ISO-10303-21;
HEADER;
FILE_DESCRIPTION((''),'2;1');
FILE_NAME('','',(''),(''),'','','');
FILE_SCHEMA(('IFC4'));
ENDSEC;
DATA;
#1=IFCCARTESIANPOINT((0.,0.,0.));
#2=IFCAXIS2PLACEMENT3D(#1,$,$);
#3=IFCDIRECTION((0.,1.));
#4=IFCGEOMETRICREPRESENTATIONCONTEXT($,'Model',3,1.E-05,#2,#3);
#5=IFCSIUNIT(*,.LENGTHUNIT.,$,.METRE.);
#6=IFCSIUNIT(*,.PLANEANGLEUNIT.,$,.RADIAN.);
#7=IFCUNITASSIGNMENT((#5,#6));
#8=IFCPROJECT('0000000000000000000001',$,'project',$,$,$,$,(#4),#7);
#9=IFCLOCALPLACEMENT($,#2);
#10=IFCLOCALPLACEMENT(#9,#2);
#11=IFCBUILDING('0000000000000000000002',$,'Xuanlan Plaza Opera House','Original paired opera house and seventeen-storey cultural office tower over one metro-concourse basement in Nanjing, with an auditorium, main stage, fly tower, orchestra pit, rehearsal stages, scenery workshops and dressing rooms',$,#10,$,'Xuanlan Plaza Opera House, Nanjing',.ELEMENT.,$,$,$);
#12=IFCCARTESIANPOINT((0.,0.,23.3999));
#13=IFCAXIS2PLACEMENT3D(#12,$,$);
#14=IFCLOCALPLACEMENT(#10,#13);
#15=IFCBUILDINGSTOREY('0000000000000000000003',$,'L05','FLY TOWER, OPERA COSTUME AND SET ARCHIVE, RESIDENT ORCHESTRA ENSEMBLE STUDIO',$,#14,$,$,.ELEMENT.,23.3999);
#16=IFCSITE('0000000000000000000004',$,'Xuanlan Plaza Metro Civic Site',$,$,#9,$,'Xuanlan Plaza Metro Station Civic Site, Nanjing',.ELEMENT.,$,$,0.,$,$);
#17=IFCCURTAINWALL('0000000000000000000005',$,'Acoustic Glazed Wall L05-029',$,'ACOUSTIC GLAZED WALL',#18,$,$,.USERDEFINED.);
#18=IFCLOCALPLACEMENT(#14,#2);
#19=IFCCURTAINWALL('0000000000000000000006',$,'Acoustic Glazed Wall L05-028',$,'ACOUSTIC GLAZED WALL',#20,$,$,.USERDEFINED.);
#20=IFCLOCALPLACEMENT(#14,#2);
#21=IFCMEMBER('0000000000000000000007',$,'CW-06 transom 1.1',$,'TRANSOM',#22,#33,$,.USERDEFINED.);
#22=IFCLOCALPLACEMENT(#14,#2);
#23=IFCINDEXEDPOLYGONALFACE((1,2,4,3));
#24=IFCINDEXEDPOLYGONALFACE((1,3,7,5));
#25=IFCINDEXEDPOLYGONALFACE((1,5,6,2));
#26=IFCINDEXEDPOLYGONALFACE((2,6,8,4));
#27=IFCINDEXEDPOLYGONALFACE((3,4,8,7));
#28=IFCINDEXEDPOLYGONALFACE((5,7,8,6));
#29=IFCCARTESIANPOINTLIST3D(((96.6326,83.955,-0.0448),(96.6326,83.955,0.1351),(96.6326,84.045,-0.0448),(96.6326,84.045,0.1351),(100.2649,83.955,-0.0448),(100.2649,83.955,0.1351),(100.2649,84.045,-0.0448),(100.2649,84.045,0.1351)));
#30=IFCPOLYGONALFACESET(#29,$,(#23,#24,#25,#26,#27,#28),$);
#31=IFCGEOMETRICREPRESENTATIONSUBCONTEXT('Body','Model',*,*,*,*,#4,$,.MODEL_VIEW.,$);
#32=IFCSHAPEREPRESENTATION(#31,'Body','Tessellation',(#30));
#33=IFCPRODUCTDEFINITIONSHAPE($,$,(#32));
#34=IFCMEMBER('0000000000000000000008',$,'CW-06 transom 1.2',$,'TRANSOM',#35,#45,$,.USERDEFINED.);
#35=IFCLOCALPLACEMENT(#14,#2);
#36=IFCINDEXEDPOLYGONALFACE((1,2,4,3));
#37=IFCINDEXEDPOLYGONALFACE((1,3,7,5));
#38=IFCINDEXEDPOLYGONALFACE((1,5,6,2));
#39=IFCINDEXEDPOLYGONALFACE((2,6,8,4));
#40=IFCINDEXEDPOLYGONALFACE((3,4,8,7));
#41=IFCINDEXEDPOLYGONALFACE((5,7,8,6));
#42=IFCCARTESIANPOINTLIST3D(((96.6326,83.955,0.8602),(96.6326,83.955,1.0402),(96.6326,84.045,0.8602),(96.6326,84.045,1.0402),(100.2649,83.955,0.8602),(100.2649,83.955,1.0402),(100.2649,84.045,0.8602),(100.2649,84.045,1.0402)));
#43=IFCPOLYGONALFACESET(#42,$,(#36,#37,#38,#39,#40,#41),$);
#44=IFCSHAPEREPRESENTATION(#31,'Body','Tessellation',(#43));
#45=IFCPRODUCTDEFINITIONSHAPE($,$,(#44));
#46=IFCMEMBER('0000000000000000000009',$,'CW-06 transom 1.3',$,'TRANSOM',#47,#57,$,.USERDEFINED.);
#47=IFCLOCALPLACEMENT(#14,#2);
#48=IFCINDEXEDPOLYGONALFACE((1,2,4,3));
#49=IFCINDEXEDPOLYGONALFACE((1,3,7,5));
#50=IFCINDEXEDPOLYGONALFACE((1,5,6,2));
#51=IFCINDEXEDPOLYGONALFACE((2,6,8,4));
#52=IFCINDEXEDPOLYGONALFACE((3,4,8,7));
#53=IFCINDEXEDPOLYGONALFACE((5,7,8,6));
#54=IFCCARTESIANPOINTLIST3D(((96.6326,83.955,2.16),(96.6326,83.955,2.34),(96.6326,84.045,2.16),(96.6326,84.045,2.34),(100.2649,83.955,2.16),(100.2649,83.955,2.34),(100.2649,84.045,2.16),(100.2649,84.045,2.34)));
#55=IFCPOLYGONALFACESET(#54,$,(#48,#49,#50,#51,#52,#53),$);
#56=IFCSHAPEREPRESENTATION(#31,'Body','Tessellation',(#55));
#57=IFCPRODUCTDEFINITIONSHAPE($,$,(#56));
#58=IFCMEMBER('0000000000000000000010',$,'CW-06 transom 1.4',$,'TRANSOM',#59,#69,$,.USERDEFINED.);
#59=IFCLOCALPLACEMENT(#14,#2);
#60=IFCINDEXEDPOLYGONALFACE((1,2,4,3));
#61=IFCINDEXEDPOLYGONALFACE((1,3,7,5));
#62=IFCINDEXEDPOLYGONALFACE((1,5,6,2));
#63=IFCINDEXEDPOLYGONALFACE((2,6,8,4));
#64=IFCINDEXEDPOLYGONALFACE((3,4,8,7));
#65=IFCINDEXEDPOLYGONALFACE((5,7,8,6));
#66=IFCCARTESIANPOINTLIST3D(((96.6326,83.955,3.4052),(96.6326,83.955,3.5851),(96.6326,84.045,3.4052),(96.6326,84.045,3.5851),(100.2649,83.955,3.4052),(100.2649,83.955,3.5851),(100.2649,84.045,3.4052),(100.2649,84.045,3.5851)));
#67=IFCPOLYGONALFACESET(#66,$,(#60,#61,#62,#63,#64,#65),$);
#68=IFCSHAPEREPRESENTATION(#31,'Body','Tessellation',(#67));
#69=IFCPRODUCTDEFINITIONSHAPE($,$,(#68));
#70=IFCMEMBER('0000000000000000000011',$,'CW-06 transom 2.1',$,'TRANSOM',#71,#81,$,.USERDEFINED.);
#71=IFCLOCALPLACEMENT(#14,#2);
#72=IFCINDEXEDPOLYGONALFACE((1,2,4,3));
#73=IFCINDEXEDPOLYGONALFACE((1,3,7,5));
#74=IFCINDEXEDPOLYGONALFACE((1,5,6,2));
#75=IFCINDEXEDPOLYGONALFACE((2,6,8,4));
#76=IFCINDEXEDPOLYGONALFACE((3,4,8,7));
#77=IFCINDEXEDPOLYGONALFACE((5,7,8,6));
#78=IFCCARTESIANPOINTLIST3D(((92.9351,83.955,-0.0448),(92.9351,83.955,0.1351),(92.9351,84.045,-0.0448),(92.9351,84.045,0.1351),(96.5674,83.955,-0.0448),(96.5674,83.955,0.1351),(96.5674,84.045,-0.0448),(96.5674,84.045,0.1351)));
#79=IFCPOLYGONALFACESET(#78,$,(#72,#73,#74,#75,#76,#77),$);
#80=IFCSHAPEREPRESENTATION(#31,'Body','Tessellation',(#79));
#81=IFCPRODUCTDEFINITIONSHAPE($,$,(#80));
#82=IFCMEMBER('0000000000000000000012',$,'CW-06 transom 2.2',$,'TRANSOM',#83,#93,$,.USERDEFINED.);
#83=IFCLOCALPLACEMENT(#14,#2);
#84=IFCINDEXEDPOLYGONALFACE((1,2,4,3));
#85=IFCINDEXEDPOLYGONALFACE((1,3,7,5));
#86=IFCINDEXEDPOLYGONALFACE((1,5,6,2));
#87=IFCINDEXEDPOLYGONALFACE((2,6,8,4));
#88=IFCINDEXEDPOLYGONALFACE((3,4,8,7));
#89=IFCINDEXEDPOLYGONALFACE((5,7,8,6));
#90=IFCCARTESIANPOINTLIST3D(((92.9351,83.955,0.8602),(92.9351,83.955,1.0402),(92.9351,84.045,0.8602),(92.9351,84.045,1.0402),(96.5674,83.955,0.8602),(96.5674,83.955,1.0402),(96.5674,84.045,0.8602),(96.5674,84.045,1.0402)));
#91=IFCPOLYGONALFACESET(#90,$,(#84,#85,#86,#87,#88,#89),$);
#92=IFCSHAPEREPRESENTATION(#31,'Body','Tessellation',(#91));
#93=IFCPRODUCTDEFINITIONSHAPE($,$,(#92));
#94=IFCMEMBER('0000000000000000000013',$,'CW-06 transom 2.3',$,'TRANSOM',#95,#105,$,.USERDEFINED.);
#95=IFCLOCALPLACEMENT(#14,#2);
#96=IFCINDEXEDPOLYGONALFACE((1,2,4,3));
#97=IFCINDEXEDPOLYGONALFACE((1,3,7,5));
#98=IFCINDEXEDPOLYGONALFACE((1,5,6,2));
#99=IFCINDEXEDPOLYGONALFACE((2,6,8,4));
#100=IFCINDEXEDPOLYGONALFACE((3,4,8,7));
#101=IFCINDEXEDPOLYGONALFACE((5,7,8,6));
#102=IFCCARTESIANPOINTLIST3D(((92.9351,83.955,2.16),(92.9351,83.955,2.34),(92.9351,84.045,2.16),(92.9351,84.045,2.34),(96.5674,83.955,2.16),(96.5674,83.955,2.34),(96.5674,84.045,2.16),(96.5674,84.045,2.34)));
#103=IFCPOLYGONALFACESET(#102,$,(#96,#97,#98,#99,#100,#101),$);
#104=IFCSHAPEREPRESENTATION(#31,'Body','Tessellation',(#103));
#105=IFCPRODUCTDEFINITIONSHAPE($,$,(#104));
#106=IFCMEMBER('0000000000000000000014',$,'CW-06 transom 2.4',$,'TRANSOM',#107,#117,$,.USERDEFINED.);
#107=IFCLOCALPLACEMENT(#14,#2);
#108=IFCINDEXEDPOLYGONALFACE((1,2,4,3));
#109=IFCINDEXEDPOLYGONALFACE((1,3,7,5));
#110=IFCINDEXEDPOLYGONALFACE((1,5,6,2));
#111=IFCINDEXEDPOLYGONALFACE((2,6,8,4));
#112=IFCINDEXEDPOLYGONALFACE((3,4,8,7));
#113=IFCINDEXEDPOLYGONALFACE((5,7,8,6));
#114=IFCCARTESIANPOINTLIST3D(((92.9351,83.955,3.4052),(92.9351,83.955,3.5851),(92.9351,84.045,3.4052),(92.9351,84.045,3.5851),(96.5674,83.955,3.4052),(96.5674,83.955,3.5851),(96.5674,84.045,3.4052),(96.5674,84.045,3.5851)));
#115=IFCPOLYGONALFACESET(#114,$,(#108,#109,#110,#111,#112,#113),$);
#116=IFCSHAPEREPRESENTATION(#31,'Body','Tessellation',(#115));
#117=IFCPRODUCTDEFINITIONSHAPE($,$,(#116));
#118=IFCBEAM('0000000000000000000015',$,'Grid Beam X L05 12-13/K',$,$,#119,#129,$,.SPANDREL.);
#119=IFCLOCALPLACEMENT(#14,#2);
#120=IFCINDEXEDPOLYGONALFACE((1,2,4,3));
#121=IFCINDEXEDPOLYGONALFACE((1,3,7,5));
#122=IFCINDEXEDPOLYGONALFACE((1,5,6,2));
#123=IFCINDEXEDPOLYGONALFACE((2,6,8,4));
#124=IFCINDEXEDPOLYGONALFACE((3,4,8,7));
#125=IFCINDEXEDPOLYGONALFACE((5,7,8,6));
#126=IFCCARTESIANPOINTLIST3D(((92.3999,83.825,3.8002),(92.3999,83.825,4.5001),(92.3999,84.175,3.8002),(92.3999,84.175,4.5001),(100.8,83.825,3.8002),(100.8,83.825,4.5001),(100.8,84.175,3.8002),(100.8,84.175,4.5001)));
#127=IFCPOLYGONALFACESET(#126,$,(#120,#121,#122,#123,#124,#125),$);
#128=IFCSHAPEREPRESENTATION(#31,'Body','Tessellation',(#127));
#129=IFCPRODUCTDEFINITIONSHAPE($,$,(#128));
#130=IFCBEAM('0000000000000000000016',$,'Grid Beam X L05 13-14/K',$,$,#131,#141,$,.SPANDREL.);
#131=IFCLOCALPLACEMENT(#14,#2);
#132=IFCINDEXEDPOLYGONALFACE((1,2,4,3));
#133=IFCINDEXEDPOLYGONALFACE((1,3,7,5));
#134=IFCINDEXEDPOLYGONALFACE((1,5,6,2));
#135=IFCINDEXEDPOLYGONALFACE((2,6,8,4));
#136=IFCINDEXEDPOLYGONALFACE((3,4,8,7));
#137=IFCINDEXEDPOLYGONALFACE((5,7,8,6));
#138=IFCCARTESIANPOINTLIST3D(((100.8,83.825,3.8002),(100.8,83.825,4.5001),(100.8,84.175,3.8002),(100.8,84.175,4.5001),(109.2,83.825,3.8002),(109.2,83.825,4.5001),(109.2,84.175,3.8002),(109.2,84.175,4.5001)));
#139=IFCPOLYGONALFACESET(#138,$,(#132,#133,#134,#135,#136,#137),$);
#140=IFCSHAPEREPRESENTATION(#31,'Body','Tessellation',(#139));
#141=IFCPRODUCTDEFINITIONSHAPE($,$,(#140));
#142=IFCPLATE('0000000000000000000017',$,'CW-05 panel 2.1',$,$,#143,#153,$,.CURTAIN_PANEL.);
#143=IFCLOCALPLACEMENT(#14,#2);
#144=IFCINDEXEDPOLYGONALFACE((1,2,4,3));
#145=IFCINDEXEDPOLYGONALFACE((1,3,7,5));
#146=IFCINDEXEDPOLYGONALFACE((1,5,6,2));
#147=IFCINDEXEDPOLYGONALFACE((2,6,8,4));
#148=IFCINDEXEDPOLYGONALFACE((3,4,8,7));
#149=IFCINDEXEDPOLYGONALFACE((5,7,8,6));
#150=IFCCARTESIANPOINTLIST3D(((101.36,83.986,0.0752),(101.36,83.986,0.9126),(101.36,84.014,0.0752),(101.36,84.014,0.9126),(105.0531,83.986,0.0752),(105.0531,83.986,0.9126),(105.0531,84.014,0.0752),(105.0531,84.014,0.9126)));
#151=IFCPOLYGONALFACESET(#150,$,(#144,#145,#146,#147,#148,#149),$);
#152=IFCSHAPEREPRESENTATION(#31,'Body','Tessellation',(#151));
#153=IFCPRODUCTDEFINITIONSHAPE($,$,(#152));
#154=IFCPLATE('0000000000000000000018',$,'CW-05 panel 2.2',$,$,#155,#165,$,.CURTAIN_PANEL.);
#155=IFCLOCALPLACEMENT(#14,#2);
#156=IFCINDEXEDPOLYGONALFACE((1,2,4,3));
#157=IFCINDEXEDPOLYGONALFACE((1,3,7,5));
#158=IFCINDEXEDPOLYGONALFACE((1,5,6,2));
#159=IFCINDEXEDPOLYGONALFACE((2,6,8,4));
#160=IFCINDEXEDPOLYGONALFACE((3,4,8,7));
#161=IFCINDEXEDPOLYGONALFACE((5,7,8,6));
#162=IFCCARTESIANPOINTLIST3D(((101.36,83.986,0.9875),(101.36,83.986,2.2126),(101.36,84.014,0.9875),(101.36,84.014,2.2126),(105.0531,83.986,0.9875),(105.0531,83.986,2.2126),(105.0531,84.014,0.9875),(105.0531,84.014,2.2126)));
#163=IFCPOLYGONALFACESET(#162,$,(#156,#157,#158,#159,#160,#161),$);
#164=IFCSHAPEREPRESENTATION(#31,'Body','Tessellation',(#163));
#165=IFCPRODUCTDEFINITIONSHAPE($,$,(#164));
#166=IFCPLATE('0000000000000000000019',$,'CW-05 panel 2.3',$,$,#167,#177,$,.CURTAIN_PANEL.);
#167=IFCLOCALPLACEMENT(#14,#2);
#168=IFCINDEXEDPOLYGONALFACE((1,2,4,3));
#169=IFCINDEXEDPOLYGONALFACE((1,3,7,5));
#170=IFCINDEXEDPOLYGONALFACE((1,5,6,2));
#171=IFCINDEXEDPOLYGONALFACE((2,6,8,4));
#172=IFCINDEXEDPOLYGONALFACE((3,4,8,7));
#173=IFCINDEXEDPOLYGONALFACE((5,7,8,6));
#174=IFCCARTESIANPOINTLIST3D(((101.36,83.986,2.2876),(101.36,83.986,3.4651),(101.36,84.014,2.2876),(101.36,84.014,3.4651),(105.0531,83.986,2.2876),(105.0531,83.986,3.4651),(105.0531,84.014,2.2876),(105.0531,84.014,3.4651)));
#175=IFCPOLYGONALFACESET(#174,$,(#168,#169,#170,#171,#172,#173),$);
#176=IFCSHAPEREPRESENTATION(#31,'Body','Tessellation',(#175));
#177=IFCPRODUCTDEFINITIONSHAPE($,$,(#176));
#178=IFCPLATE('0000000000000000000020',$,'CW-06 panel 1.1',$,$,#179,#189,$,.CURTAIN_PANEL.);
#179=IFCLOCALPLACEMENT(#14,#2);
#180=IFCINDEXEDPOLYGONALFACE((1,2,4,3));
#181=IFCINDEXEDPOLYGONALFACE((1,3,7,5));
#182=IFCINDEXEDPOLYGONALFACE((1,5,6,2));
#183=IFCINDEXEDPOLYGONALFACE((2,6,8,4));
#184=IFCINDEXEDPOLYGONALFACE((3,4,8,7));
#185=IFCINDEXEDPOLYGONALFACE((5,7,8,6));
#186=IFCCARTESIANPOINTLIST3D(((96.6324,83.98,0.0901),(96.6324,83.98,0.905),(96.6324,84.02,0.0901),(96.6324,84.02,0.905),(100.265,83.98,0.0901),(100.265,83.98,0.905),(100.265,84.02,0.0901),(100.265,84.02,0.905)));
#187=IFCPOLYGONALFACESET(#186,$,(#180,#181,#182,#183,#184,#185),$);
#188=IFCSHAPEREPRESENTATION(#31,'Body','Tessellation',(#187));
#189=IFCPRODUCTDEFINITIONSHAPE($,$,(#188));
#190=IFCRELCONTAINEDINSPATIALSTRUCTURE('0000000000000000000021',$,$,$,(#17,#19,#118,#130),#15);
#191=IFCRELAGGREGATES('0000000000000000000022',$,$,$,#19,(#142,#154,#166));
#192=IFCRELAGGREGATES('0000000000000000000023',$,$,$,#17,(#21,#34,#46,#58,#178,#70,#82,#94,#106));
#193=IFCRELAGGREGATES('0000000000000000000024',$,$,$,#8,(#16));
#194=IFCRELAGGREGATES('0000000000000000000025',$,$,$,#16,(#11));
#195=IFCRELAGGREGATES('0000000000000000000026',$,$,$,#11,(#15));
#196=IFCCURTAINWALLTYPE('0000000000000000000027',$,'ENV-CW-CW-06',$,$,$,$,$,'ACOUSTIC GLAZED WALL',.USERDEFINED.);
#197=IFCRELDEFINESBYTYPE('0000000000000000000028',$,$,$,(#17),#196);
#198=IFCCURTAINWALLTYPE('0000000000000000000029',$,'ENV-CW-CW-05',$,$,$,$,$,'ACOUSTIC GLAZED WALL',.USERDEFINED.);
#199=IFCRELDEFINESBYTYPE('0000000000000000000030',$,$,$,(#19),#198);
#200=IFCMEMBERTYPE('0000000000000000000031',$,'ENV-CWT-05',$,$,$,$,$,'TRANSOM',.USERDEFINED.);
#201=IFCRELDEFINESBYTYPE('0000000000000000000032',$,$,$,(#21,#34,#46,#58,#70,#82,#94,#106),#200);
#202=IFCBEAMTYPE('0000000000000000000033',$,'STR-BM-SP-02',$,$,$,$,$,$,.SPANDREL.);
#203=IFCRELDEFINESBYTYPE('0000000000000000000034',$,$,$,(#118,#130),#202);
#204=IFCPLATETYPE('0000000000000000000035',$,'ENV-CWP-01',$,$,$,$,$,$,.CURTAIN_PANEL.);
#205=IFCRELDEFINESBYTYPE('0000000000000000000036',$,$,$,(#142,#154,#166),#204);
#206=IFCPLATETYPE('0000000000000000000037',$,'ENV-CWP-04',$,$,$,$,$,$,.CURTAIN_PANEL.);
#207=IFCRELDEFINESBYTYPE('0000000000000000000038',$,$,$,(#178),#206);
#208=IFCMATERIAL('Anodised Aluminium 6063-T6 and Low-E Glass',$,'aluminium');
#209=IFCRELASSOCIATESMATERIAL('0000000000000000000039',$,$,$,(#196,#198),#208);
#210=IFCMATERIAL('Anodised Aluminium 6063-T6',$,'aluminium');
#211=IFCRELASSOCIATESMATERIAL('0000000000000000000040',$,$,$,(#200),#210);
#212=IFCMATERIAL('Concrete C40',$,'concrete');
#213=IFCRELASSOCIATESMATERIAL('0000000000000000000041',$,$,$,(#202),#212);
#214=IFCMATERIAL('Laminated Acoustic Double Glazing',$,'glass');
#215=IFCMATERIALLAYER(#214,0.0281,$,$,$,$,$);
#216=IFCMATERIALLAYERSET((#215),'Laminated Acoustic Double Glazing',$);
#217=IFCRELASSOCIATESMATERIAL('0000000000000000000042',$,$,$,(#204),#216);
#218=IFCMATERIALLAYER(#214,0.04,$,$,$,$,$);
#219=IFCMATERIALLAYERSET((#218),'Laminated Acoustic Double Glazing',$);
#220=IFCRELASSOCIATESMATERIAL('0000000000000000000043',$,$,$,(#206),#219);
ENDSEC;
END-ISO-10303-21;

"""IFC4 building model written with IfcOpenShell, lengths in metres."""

from ifc_helpers import new_model, si_unit, direction, frame, origin, origin_2d, place, context, subcontext, project, spatial, rectangle, extrude, material, layer, layer_set, material_profile, profile_set, type_object, element, aggregate, save


model = new_model("IFC4")

# Units and contexts
model_context = context("Model", 3, precision=1e-05, world=origin(), true_north=direction((0.0, 1.0)))
body_context = subcontext(model_context, "Body", "Model", "MODEL_VIEW")
ifc_project = project(units=[si_unit("LENGTHUNIT", "METRE"), si_unit("PLANEANGLEUNIT", "RADIAN")], contexts=[model_context])

# Site, building, storey
site_placement = place(None, origin())
site = spatial("IfcSite", under=ifc_project, at=site_placement, Name="Xuanlan Plaza Metro Civic Site", LongName="Xuanlan Plaza Metro Station Civic Site, Nanjing", CompositionType="ELEMENT", RefElevation=0.0)
building_placement = place(site_placement, origin())
building = spatial("IfcBuilding", under=site, at=building_placement, Name="Xuanlan Plaza Opera House", Description="Original paired opera house and seventeen-storey cultural office tower over one metro-concourse basement in Nanjing, with an auditorium, main stage, fly tower, orchestra pit, rehearsal stages, scenery workshops and dressing rooms", LongName="Xuanlan Plaza Opera House, Nanjing", CompositionType="ELEMENT")
storey_placement = place(building_placement, frame((0.0, 0.0, 23.3999)))
storey = spatial("IfcBuildingStorey", under=building, at=storey_placement, Name="L05", Description="FLY TOWER, OPERA COSTUME AND SET ARCHIVE, RESIDENT ORCHESTRA ENSEMBLE STUDIO", CompositionType="ELEMENT", Elevation=23.3999)

# Curtain wall
ifc_material_1 = material(Name="Anodised Aluminium 6063-T6 and Low-E Glass", Category="aluminium")
curtain_wall_type_1 = type_object("IfcCurtainWallType", Name="ENV-CW-CW-06", ElementType="ACOUSTIC GLAZED WALL", PredefinedType="USERDEFINED", material=ifc_material_1)
curtain_wall_1_placement = place(storey_placement, origin())
curtain_wall_1 = element("IfcCurtainWall", 1, at=curtain_wall_1_placement, inside=storey, type_object=curtain_wall_type_1, Name="Acoustic Glazed Wall L05-029", ObjectType="ACOUSTIC GLAZED WALL", PredefinedType="USERDEFINED")
ifc_material_2 = material(Name="Anodised Aluminium 6063-T6", Category="aluminium")

# Shared definitions
curtain_wall_type_2 = type_object("IfcCurtainWallType", Name="ENV-CW-CW-05", ElementType="ACOUSTIC GLAZED WALL", PredefinedType="USERDEFINED", material=ifc_material_1)

# Curtain wall
curtain_wall_2_placement = place(storey_placement, origin())
curtain_wall_2 = element("IfcCurtainWall", 2, at=curtain_wall_2_placement, inside=storey, type_object=curtain_wall_type_2, Name="Acoustic Glazed Wall L05-028", ObjectType="ACOUSTIC GLAZED WALL", PredefinedType="USERDEFINED")

# Members
ifc_material_profile_1 = material_profile(ifc_material_2, rectangle(XDim=0.0901, YDim=0.1799, at=origin_2d()), Name="ALU-T 90x180")
ifc_profile_set_1 = profile_set([ifc_material_profile_1], Name="Anodised Aluminium 6063-T6")
member_type_1 = type_object("IfcMemberType", Name="ENV-CWT-05", ElementType="TRANSOM", PredefinedType="USERDEFINED", material=ifc_profile_set_1)
member_1_placement = place(storey_placement, frame((100.2649, 84.0, 0.0452), z_axis=(-1.0, 0.0, 0.0), x_axis=(0.0, -1.0, 0.0)))
member_1 = element("IfcMember", 3, at=member_1_placement, type_object=member_type_1, Name="CW-06 transom 1.1", ObjectType="TRANSOM", PredefinedType="USERDEFINED", context=body_context, shape_type="SweptSolid", body=[
    extrude(rectangle(XDim=0.0901, YDim=0.1799, at=origin_2d()), origin(), (0.0, 0.0, 1.0), 3.6323),
])
member_2_placement = place(storey_placement, frame((100.2649, 84.0, 0.9502), z_axis=(-1.0, 0.0, 0.0), x_axis=(0.0, -1.0, 0.0)))
member_2 = element("IfcMember", 4, at=member_2_placement, type_object=member_type_1, Name="CW-06 transom 1.2", ObjectType="TRANSOM", PredefinedType="USERDEFINED", context=body_context, shape_type="SweptSolid", body=[
    extrude(rectangle(XDim=0.0901, YDim=0.1799, at=origin_2d()), origin(), (0.0, 0.0, 1.0), 3.6323),
])
member_3_placement = place(storey_placement, frame((100.2649, 84.0, 2.25), z_axis=(-1.0, 0.0, 0.0), x_axis=(0.0, -1.0, 0.0)))
member_3 = element("IfcMember", 5, at=member_3_placement, type_object=member_type_1, Name="CW-06 transom 1.3", ObjectType="TRANSOM", PredefinedType="USERDEFINED", context=body_context, shape_type="SweptSolid", body=[
    extrude(rectangle(XDim=0.0901, YDim=0.1799, at=origin_2d()), origin(), (0.0, 0.0, 1.0), 3.6323),
])
member_4_placement = place(storey_placement, frame((100.2649, 84.0, 3.4951), z_axis=(-1.0, 0.0, 0.0), x_axis=(0.0, -1.0, 0.0)))
member_4 = element("IfcMember", 6, at=member_4_placement, type_object=member_type_1, Name="CW-06 transom 1.4", ObjectType="TRANSOM", PredefinedType="USERDEFINED", context=body_context, shape_type="SweptSolid", body=[
    extrude(rectangle(XDim=0.0901, YDim=0.1799, at=origin_2d()), origin(), (0.0, 0.0, 1.0), 3.6323),
])
member_5_placement = place(storey_placement, frame((96.5674, 84.0, 0.0452), z_axis=(-1.0, 0.0, 0.0), x_axis=(0.0, -1.0, 0.0)))
member_5 = element("IfcMember", 7, at=member_5_placement, type_object=member_type_1, Name="CW-06 transom 2.1", ObjectType="TRANSOM", PredefinedType="USERDEFINED", context=body_context, shape_type="SweptSolid", body=[
    extrude(rectangle(XDim=0.0901, YDim=0.1799, at=origin_2d()), origin(), (0.0, 0.0, 1.0), 3.6323),
])
member_6_placement = place(storey_placement, frame((96.5674, 84.0, 0.9502), z_axis=(-1.0, 0.0, 0.0), x_axis=(0.0, -1.0, 0.0)))
member_6 = element("IfcMember", 8, at=member_6_placement, type_object=member_type_1, Name="CW-06 transom 2.2", ObjectType="TRANSOM", PredefinedType="USERDEFINED", context=body_context, shape_type="SweptSolid", body=[
    extrude(rectangle(XDim=0.0901, YDim=0.1799, at=origin_2d()), origin(), (0.0, 0.0, 1.0), 3.6323),
])
member_7_placement = place(storey_placement, frame((96.5674, 84.0, 2.25), z_axis=(-1.0, 0.0, 0.0), x_axis=(0.0, -1.0, 0.0)))
member_7 = element("IfcMember", 9, at=member_7_placement, type_object=member_type_1, Name="CW-06 transom 2.3", ObjectType="TRANSOM", PredefinedType="USERDEFINED", context=body_context, shape_type="SweptSolid", body=[
    extrude(rectangle(XDim=0.0901, YDim=0.1799, at=origin_2d()), origin(), (0.0, 0.0, 1.0), 3.6323),
])
member_8_placement = place(storey_placement, frame((96.5674, 84.0, 3.4951), z_axis=(-1.0, 0.0, 0.0), x_axis=(0.0, -1.0, 0.0)))
member_8 = element("IfcMember", 10, at=member_8_placement, type_object=member_type_1, Name="CW-06 transom 2.4", ObjectType="TRANSOM", PredefinedType="USERDEFINED", context=body_context, shape_type="SweptSolid", body=[
    extrude(rectangle(XDim=0.0901, YDim=0.1799, at=origin_2d()), origin(), (0.0, 0.0, 1.0), 3.6323),
])

# Beams
ifc_material_3 = material(Name="Concrete C40", Category="concrete")
ifc_material_profile_2 = material_profile(ifc_material_3, rectangle(XDim=0.3501, YDim=0.7, at=origin_2d()), Name="RC-SPD 350x700")
ifc_profile_set_2 = profile_set([ifc_material_profile_2], Name="Concrete C40")
beam_type = type_object("IfcBeamType", Name="STR-BM-SP-02", PredefinedType="SPANDREL", material=ifc_profile_set_2)
beam_1_placement = place(storey_placement, frame((92.3999, 84.0, 4.1501), z_axis=(1.0, 0.0, 0.0), x_axis=(0.0, 1.0, 0.0)))
element("IfcBeam", 11, at=beam_1_placement, inside=storey, type_object=beam_type, Name="Grid Beam X L05 12-13/K", PredefinedType="SPANDREL", context=body_context, shape_type="SweptSolid", body=[
    extrude(rectangle(XDim=0.3501, YDim=0.7, at=origin_2d()), origin(), (0.0, 0.0, 1.0), 8.4001),
])
beam_2_placement = place(storey_placement, frame((100.8, 84.0, 4.1501), z_axis=(1.0, 0.0, 0.0), x_axis=(0.0, 1.0, 0.0)))
element("IfcBeam", 12, at=beam_2_placement, inside=storey, type_object=beam_type, Name="Grid Beam X L05 13-14/K", PredefinedType="SPANDREL", context=body_context, shape_type="SweptSolid", body=[
    extrude(rectangle(XDim=0.3501, YDim=0.7, at=origin_2d()), origin(), (0.0, 0.0, 1.0), 8.3999),
])

# Plates
ifc_material_4 = material(Name="Laminated Acoustic Double Glazing", Category="glass")
ifc_layer_1 = layer(ifc_material_4, 0.0281)
ifc_layer_set_1 = layer_set([ifc_layer_1], Name="Laminated Acoustic Double Glazing")
plate_type_1 = type_object("IfcPlateType", Name="ENV-CWP-01", PredefinedType="CURTAIN_PANEL", material=ifc_layer_set_1)
plate_1_placement = place(storey_placement, frame((103.2065, 84.0, 0.0752), z_axis=(0.0, 0.0, 1.0), x_axis=(-1.0, 0.0, 0.0)))
plate_1 = element("IfcPlate", 13, at=plate_1_placement, type_object=plate_type_1, Name="CW-05 panel 2.1", PredefinedType="CURTAIN_PANEL", context=body_context, shape_type="SweptSolid", body=[
    extrude(rectangle(XDim=3.6931, YDim=0.0281, at=origin_2d()), origin(), (0.0, 0.0, 1.0), 0.8374),
])
plate_2_placement = place(storey_placement, frame((103.2065, 84.0, 0.9875), z_axis=(0.0, 0.0, 1.0), x_axis=(-1.0, 0.0, 0.0)))
plate_2 = element("IfcPlate", 14, at=plate_2_placement, type_object=plate_type_1, Name="CW-05 panel 2.2", PredefinedType="CURTAIN_PANEL", context=body_context, shape_type="SweptSolid", body=[
    extrude(rectangle(XDim=3.6931, YDim=0.0281, at=origin_2d()), origin(), (0.0, 0.0, 1.0), 1.2251),
])
plate_3_placement = place(storey_placement, frame((103.2065, 84.0, 2.2876), z_axis=(0.0, 0.0, 1.0), x_axis=(-1.0, 0.0, 0.0)))
plate_3 = element("IfcPlate", 15, at=plate_3_placement, type_object=plate_type_1, Name="CW-05 panel 2.3", PredefinedType="CURTAIN_PANEL", context=body_context, shape_type="SweptSolid", body=[
    extrude(rectangle(XDim=3.6931, YDim=0.0281, at=origin_2d()), origin(), (0.0, 0.0, 1.0), 1.1775),
])
aggregate(curtain_wall_2, [plate_1, plate_2, plate_3])
ifc_layer_2 = layer(ifc_material_4, 0.04)
ifc_layer_set_2 = layer_set([ifc_layer_2], Name="Laminated Acoustic Double Glazing")
plate_type_2 = type_object("IfcPlateType", Name="ENV-CWP-04", PredefinedType="CURTAIN_PANEL", material=ifc_layer_set_2)
plate_4_placement = place(storey_placement, frame((98.4487, 84.0, 0.0901), z_axis=(0.0, 0.0, 1.0), x_axis=(-1.0, 0.0, 0.0)))
plate_4 = element("IfcPlate", 16, at=plate_4_placement, type_object=plate_type_2, Name="CW-06 panel 1.1", PredefinedType="CURTAIN_PANEL", context=body_context, shape_type="SweptSolid", body=[
    extrude(rectangle(XDim=3.6326, YDim=0.04, at=origin_2d()), origin(), (0.0, 0.0, 1.0), 0.8149),
])
aggregate(curtain_wall_1, [member_1, member_2, member_3, member_4, plate_4, member_5, member_6, member_7, member_8])

save(model, "model.ifc")
